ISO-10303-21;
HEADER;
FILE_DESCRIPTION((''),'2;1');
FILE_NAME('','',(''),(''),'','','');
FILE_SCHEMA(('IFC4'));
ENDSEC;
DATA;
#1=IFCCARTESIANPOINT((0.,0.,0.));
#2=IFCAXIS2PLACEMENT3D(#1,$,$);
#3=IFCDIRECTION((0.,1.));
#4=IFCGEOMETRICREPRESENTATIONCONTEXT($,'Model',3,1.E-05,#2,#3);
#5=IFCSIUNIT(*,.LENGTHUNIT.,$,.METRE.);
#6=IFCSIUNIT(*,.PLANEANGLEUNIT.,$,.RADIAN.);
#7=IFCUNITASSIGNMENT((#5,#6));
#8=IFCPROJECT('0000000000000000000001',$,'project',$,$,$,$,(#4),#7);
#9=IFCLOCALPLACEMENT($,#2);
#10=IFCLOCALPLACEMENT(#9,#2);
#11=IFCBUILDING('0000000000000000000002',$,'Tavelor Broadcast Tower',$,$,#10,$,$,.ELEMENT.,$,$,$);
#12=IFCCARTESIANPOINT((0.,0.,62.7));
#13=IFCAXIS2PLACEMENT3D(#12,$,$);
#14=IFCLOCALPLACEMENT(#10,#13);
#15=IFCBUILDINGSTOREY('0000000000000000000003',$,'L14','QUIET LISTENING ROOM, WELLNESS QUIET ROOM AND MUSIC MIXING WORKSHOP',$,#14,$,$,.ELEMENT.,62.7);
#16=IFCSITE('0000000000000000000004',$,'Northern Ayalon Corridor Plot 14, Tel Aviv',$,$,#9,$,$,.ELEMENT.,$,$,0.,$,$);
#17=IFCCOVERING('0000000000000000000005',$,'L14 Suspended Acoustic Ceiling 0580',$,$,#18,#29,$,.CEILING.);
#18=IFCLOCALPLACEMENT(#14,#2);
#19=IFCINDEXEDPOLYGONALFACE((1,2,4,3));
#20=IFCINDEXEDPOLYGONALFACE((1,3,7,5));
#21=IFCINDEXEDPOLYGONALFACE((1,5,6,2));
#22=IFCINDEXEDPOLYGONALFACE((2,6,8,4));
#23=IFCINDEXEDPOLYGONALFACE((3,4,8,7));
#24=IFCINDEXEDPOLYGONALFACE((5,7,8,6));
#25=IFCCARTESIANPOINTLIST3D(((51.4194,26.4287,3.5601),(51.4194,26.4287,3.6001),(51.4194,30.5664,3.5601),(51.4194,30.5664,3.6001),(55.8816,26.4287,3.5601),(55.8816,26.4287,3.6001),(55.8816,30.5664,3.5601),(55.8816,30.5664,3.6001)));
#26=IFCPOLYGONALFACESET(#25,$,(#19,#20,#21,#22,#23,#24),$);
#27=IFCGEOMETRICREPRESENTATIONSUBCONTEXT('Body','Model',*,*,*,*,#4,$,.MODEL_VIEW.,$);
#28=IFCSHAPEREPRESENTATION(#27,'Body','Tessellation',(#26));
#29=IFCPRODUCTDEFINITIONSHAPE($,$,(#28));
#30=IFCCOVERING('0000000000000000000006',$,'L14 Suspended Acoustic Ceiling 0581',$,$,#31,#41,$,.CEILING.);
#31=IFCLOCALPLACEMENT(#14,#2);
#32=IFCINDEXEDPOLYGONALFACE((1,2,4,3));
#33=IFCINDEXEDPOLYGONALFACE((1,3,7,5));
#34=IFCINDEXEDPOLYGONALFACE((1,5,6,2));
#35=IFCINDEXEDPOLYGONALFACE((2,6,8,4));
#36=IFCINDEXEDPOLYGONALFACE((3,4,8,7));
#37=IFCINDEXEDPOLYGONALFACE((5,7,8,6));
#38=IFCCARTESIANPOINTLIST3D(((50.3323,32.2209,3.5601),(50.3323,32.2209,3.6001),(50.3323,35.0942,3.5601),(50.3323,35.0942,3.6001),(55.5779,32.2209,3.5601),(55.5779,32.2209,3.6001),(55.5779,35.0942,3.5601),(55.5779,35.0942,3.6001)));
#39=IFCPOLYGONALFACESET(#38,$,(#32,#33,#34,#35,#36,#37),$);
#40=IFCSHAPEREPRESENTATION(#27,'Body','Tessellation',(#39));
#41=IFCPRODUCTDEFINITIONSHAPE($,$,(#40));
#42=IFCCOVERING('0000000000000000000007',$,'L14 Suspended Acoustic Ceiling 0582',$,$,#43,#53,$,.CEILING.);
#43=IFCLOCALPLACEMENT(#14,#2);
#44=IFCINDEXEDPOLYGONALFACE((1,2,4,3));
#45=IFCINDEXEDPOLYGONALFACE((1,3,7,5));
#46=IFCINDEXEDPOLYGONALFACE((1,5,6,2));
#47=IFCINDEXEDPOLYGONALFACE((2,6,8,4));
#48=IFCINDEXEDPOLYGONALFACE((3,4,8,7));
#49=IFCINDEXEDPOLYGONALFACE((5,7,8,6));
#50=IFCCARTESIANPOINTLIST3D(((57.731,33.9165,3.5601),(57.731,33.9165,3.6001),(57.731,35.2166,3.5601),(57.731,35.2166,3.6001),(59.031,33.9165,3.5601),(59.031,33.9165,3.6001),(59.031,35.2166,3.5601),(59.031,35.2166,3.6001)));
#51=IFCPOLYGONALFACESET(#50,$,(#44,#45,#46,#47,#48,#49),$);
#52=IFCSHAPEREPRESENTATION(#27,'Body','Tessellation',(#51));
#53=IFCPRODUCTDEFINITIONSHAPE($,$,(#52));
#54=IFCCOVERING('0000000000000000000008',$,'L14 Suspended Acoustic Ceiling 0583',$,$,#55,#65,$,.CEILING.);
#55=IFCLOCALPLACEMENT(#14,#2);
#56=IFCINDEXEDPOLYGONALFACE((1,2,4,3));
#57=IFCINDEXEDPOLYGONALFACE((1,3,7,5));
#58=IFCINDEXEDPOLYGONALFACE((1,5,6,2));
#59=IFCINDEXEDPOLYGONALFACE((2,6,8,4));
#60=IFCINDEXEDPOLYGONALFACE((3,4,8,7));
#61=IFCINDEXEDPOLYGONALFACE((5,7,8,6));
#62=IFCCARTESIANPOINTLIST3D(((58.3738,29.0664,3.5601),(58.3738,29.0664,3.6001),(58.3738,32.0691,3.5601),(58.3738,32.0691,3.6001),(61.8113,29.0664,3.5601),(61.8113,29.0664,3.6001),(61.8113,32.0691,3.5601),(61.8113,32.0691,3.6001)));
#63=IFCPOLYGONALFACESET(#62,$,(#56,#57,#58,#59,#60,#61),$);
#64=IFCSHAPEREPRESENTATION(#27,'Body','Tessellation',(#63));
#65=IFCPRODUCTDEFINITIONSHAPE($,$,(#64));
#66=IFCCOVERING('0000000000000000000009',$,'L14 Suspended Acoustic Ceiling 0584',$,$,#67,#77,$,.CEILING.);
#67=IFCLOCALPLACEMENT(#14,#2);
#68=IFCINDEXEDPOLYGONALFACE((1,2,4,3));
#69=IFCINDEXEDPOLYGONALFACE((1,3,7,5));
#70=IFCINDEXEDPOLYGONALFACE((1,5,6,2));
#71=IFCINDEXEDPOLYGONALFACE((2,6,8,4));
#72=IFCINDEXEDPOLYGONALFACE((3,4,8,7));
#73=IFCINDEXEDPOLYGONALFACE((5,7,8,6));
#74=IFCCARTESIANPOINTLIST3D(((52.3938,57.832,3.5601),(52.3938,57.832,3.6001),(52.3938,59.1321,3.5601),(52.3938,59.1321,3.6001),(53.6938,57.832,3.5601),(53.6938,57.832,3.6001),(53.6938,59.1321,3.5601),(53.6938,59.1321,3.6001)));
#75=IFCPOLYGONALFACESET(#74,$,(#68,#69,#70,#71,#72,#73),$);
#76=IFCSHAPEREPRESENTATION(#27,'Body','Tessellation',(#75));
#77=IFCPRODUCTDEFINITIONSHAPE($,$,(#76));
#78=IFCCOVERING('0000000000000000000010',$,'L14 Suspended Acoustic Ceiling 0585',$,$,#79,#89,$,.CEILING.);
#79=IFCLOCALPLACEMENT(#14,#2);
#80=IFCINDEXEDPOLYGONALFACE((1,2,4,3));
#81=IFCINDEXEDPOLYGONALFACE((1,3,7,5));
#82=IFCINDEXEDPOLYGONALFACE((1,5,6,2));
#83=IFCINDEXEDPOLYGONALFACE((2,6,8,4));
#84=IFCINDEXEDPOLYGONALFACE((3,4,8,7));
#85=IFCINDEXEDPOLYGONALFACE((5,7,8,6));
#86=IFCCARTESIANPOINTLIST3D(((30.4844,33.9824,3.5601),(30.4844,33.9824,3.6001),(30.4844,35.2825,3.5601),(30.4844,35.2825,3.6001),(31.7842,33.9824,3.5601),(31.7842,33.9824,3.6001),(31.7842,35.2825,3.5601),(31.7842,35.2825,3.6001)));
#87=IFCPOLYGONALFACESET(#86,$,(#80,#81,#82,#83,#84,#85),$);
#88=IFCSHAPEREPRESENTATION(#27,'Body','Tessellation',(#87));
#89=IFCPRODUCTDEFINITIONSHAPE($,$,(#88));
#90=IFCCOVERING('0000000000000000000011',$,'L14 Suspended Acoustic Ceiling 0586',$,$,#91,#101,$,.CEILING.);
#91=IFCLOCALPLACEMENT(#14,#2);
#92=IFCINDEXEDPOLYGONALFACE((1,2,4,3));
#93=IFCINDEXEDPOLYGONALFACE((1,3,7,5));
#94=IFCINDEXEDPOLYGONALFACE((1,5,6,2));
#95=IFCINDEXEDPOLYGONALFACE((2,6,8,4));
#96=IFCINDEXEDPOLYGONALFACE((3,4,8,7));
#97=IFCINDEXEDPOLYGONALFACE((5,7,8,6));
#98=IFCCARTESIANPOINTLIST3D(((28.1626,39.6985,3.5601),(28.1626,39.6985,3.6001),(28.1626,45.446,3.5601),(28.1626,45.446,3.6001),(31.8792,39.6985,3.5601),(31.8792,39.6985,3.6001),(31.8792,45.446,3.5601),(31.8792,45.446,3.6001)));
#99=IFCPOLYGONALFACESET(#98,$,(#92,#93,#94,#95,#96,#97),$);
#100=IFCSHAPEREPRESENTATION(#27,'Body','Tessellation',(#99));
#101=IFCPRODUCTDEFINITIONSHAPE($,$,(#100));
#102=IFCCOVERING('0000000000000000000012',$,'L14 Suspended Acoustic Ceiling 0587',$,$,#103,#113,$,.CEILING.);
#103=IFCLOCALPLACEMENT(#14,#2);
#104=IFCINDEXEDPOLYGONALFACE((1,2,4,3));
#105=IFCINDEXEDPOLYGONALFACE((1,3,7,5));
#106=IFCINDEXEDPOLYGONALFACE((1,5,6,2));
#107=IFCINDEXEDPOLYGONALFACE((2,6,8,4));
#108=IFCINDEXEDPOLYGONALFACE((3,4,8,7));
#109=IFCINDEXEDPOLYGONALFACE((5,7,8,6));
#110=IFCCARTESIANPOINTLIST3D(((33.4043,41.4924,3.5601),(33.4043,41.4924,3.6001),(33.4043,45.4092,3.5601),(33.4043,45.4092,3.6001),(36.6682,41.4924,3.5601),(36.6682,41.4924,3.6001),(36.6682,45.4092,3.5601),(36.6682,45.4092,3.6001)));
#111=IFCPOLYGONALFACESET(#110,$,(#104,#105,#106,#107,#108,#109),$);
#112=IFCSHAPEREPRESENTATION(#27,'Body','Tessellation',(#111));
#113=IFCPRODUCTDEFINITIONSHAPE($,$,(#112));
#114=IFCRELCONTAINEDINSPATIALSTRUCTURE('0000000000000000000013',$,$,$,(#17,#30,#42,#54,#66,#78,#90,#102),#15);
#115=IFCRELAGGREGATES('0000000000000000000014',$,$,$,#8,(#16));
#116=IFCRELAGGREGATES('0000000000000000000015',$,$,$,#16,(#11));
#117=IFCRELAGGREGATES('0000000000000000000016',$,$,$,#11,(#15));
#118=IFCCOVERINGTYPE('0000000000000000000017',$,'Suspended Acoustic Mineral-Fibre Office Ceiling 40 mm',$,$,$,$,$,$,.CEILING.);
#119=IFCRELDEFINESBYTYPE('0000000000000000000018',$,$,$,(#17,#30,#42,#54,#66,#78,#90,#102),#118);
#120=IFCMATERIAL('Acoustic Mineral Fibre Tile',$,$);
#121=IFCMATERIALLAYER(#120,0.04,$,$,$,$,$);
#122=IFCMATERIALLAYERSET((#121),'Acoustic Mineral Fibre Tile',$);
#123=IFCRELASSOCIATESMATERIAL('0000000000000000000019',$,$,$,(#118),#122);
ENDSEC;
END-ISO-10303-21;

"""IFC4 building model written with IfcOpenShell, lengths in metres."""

from ifc_helpers import new_model, si_unit, direction, frame, origin, place, context, subcontext, project, spatial, polyline, outline, extrude, material, layer, layer_set, type_object, element, save


model = new_model("IFC4")

# Units and contexts
model_context = context("Model", 3, precision=1e-05, world=origin(), true_north=direction((0.0, 1.0)))
body_context = subcontext(model_context, "Body", "Model", "MODEL_VIEW")
ifc_project = project(units=[si_unit("LENGTHUNIT", "METRE"), si_unit("PLANEANGLEUNIT", "RADIAN")], contexts=[model_context])

# Site, building, storey
site_placement = place(None, origin())
site = spatial("IfcSite", under=ifc_project, at=site_placement, Name="Northern Ayalon Corridor Plot 14, Tel Aviv", CompositionType="ELEMENT", RefElevation=0.0)
building_placement = place(site_placement, origin())
building = spatial("IfcBuilding", under=site, at=building_placement, Name="Tavelor Broadcast Tower", CompositionType="ELEMENT")
storey_placement = place(building_placement, frame((0.0, 0.0, 62.7)))
storey = spatial("IfcBuildingStorey", under=building, at=storey_placement, Name="L14", Description="QUIET LISTENING ROOM, WELLNESS QUIET ROOM AND MUSIC MIXING WORKSHOP", CompositionType="ELEMENT", Elevation=62.7)

# Coverings
ifc_material_1 = material(Name="Acoustic Mineral Fibre Tile")
ifc_layer_1 = layer(ifc_material_1, 0.04)
ifc_layer_set_1 = layer_set([ifc_layer_1], Name="Acoustic Mineral Fibre Tile")
covering_type_1 = type_object("IfcCoveringType", Name="Suspended Acoustic Mineral-Fibre Office Ceiling 40 mm", PredefinedType="CEILING", material=ifc_layer_set_1)
covering_1_placement = place(storey_placement, frame((0.0, 0.0, 3.5601)))
element("IfcCovering", 1, at=covering_1_placement, inside=storey, type_object=covering_type_1, Name="L14 Suspended Acoustic Ceiling 0580", PredefinedType="CEILING", context=body_context, shape_type="SweptSolid", body=[
    extrude(outline(polyline([(51.4194, 26.4287), (55.8816, 26.4287), (55.8816, 30.5664), (51.4194, 30.5664), (51.4194, 26.4287)])), origin(), (0.0, 0.0, 1.0), 0.04),
])
covering_2_placement = place(storey_placement, frame((0.0, 0.0, 3.5601)))
element("IfcCovering", 2, at=covering_2_placement, inside=storey, type_object=covering_type_1, Name="L14 Suspended Acoustic Ceiling 0581", PredefinedType="CEILING", context=body_context, shape_type="SweptSolid", body=[
    extrude(outline(polyline([(50.3323, 32.2209), (55.5779, 32.2209), (55.5779, 35.0942), (50.3323, 35.0942), (50.3323, 32.2209)])), origin(), (0.0, 0.0, 1.0), 0.04),
])
covering_3_placement = place(storey_placement, frame((0.0, 0.0, 3.5601)))
element("IfcCovering", 3, at=covering_3_placement, inside=storey, type_object=covering_type_1, Name="L14 Suspended Acoustic Ceiling 0582", PredefinedType="CEILING", context=body_context, shape_type="SweptSolid", body=[
    extrude(outline(polyline([(57.731, 33.9165), (59.031, 33.9165), (59.031, 35.2166), (57.731, 35.2166), (57.731, 33.9165)])), origin(), (0.0, 0.0, 1.0), 0.04),
])
covering_4_placement = place(storey_placement, frame((0.0, 0.0, 3.5601)))
element("IfcCovering", 4, at=covering_4_placement, inside=storey, type_object=covering_type_1, Name="L14 Suspended Acoustic Ceiling 0583", PredefinedType="CEILING", context=body_context, shape_type="SweptSolid", body=[
    extrude(outline(polyline([(58.3738, 29.0664), (61.8113, 29.0664), (61.8113, 32.0691), (58.3738, 32.0691), (58.3738, 29.0664)])), origin(), (0.0, 0.0, 1.0), 0.04),
])
covering_5_placement = place(storey_placement, frame((0.0, 0.0, 3.5601)))
element("IfcCovering", 5, at=covering_5_placement, inside=storey, type_object=covering_type_1, Name="L14 Suspended Acoustic Ceiling 0584", PredefinedType="CEILING", context=body_context, shape_type="SweptSolid", body=[
    extrude(outline(polyline([(52.3938, 57.832), (53.6938, 57.832), (53.6938, 59.1321), (52.3938, 59.1321), (52.3938, 57.832)])), origin(), (0.0, 0.0, 1.0), 0.04),
])
covering_6_placement = place(storey_placement, frame((0.0, 0.0, 3.5601)))
element("IfcCovering", 6, at=covering_6_placement, inside=storey, type_object=covering_type_1, Name="L14 Suspended Acoustic Ceiling 0585", PredefinedType="CEILING", context=body_context, shape_type="SweptSolid", body=[
    extrude(outline(polyline([(30.4844, 33.9824), (31.7842, 33.9824), (31.7842, 35.2825), (30.4844, 35.2825), (30.4844, 33.9824)])), origin(), (0.0, 0.0, 1.0), 0.04),
])
covering_7_placement = place(storey_placement, frame((0.0, 0.0, 3.5601)))
element("IfcCovering", 7, at=covering_7_placement, inside=storey, type_object=covering_type_1, Name="L14 Suspended Acoustic Ceiling 0586", PredefinedType="CEILING", context=body_context, shape_type="SweptSolid", body=[
    extrude(outline(polyline([(28.1626, 39.6985), (31.8792, 39.6985), (31.8792, 45.446), (28.1626, 45.446), (28.1626, 39.6985)])), origin(), (0.0, 0.0, 1.0), 0.04),
])
covering_8_placement = place(storey_placement, frame((0.0, 0.0, 3.5601)))
element("IfcCovering", 8, at=covering_8_placement, inside=storey, type_object=covering_type_1, Name="L14 Suspended Acoustic Ceiling 0587", PredefinedType="CEILING", context=body_context, shape_type="SweptSolid", body=[
    extrude(outline(polyline([(33.4043, 41.4924), (36.6682, 41.4924), (36.6682, 45.4092), (33.4043, 45.4092), (33.4043, 41.4924)])), origin(), (0.0, 0.0, 1.0), 0.04),
])

save(model, "model.ifc")
